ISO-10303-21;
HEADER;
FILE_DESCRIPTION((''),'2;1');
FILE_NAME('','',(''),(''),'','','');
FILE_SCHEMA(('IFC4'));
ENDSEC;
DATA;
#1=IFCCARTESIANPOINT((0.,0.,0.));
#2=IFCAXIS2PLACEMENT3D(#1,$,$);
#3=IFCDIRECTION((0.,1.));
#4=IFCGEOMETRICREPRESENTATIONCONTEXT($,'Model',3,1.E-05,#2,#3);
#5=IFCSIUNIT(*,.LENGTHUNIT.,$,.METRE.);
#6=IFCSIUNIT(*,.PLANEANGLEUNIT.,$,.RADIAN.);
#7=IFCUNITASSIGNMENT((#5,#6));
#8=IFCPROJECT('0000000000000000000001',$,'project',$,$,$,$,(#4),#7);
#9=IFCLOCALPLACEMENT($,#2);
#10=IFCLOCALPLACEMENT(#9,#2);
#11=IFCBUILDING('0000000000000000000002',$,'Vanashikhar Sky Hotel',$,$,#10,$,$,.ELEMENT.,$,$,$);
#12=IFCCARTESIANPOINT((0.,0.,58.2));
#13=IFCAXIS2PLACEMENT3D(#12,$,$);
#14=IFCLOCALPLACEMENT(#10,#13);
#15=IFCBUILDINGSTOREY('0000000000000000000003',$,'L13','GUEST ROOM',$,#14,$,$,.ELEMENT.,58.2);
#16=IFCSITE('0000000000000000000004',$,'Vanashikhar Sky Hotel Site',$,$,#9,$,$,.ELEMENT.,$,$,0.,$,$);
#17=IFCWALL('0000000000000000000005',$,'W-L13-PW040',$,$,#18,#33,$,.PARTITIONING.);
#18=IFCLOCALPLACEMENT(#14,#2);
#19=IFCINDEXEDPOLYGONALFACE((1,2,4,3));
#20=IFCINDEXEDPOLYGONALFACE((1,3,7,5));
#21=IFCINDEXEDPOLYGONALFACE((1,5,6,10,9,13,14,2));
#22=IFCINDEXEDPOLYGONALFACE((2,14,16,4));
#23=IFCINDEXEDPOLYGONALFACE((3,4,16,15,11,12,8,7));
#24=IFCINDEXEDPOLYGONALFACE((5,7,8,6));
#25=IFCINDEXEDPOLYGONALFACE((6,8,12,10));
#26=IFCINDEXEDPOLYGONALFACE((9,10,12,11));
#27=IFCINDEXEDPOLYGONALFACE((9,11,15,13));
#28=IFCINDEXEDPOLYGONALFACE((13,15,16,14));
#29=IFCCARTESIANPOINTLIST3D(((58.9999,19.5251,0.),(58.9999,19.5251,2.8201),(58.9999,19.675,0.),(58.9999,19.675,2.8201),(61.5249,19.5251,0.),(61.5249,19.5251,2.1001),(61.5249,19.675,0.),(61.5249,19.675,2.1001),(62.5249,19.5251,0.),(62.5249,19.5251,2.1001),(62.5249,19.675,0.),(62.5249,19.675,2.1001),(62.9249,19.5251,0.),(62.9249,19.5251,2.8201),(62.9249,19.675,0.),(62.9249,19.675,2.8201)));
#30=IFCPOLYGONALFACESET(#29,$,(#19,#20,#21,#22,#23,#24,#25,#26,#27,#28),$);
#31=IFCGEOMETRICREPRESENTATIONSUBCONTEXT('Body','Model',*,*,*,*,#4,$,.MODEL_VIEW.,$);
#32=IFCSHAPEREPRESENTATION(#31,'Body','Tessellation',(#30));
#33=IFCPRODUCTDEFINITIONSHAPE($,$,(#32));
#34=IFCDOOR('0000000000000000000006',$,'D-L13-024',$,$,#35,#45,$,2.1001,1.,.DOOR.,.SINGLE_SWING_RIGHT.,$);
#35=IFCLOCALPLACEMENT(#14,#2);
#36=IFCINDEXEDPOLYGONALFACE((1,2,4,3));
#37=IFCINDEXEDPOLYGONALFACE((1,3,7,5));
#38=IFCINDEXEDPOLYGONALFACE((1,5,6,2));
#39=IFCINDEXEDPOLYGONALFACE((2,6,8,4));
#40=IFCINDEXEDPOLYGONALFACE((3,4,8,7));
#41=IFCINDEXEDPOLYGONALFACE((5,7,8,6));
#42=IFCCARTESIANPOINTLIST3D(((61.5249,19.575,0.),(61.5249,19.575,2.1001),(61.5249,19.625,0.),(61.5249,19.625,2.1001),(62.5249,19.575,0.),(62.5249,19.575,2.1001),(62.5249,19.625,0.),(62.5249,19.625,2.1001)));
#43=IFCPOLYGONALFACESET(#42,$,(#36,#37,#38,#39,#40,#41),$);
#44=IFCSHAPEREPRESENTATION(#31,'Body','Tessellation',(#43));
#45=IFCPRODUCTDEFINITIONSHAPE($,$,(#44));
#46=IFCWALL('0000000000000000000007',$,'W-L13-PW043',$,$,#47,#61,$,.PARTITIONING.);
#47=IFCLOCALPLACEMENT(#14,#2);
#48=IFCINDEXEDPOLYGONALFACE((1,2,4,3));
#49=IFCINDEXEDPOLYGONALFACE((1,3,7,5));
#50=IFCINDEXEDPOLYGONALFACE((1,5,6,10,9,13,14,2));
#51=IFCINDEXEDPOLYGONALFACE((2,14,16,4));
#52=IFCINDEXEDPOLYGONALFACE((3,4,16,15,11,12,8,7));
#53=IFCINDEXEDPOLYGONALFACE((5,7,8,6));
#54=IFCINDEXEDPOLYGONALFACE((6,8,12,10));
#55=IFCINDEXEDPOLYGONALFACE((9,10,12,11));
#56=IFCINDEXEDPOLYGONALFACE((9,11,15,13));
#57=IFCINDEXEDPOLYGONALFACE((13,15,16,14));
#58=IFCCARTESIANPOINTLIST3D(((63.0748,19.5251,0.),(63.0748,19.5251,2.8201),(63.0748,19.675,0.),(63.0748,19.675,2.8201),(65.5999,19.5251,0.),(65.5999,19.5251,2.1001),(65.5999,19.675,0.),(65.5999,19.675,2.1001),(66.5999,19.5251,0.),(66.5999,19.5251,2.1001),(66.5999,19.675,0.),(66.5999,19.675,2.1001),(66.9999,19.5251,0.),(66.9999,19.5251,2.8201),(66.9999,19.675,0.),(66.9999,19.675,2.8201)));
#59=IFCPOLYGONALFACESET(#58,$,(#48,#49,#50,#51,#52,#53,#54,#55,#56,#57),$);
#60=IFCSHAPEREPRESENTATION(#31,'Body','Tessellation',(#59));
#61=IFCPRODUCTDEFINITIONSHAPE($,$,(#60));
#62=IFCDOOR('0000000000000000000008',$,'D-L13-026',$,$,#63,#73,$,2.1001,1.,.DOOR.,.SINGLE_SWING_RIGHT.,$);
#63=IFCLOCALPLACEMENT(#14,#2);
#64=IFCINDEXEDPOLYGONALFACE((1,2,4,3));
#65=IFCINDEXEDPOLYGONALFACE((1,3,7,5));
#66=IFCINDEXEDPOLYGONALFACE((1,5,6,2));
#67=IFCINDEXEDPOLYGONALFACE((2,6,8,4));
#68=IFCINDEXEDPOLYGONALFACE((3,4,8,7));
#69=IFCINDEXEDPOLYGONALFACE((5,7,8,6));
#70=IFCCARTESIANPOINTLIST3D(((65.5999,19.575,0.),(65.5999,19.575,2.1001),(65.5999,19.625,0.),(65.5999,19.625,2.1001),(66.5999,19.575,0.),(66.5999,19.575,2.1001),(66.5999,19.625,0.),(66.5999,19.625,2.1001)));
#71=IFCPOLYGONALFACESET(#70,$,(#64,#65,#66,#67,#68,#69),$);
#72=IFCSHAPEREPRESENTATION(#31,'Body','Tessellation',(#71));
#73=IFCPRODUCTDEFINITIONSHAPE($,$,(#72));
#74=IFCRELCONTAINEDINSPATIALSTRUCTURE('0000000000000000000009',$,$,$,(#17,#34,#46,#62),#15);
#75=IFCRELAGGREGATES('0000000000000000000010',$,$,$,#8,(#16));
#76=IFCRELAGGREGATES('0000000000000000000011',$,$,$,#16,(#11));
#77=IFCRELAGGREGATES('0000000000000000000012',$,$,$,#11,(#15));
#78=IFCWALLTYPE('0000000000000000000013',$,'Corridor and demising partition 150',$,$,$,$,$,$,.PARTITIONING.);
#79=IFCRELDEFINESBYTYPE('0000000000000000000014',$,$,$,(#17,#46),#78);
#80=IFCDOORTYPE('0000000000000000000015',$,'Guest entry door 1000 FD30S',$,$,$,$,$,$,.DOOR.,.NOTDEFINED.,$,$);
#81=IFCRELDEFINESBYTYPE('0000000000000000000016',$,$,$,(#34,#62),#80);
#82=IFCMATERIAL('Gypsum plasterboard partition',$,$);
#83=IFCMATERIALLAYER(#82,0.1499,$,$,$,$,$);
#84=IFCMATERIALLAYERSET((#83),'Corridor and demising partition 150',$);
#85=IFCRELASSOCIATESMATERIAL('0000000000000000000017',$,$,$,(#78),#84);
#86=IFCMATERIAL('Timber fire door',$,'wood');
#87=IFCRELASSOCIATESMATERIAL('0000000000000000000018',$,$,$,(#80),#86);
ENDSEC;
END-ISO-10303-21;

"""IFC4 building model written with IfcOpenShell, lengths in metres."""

from ifc_helpers import new_model, si_unit, direction, frame, frame_2d, origin, place, context, subcontext, project, spatial, rectangle, extrude, source, transform, mapped, material, layer, layer_set, type_object, element, fill, save


model = new_model("IFC4")

# Units and contexts
model_context = context("Model", 3, precision=1e-05, world=origin(), true_north=direction((0.0, 1.0)))
body_context = subcontext(model_context, "Body", "Model", "MODEL_VIEW")
ifc_project = project(units=[si_unit("LENGTHUNIT", "METRE"), si_unit("PLANEANGLEUNIT", "RADIAN")], contexts=[model_context])

# Site, building, storey
site_placement = place(None, origin())
site = spatial("IfcSite", under=ifc_project, at=site_placement, Name="Vanashikhar Sky Hotel Site", CompositionType="ELEMENT", RefElevation=0.0)
building_placement = place(site_placement, origin())
building = spatial("IfcBuilding", under=site, at=building_placement, Name="Vanashikhar Sky Hotel", CompositionType="ELEMENT")
storey_placement = place(building_placement, frame((0.0, 0.0, 58.2)))
storey = spatial("IfcBuildingStorey", under=building, at=storey_placement, Name="L13", Description="GUEST ROOM", CompositionType="ELEMENT", Elevation=58.2)

# Walls, openings, doors
ifc_material_1 = material(Name="Gypsum plasterboard partition")
ifc_layer_1 = layer(ifc_material_1, 0.1499)
ifc_layer_set_1 = layer_set([ifc_layer_1], Name="Corridor and demising partition 150")
wall_type_1 = type_object("IfcWallType", Name="Corridor and demising partition 150", PredefinedType="PARTITIONING", material=ifc_layer_set_1)
shared_shape_1 = source(origin(), body_context, "Body", "SweptSolid", [
    extrude(rectangle(XDim=3.925, YDim=0.1499, at=frame_2d((1.9624, 0.0))), origin(), (0.0, 0.0, 1.0), 2.8201),
])
shared_shape_2 = source(origin(), body_context, "Body", "SweptSolid", [
    extrude(rectangle(XDim=1.0, YDim=2.1001, at=frame_2d((0.5, 1.05))), frame((0.0, 0.085, 0.0), z_axis=(0.0, -1.0, 0.0), x_axis=(1.0, 0.0, 0.0)), (0.0, 0.0, 1.0), 0.1699),
])
ifc_material_2 = material(Name="Timber fire door", Category="wood")
door_type = type_object("IfcDoorType", Name="Guest entry door 1000 FD30S", OperationType="NOTDEFINED", PredefinedType="DOOR", material=ifc_material_2)
shared_shape_3 = source(origin(), body_context, "Body", "SweptSolid", [
    extrude(rectangle(XDim=1.0, YDim=2.1001, at=frame_2d((0.5, 1.05))), frame((0.0, 0.0249, 0.0), z_axis=(0.0, -1.0, 0.0), x_axis=(1.0, 0.0, 0.0)), (0.0, 0.0, 1.0), 0.05),
])
wall_1_placement = place(storey_placement, frame((59.0, 19.6001, 0.0), z_axis=(0.0, 0.0, 1.0), x_axis=(1.0, 0.0, 0.0)))
wall_1 = element("IfcWall", 1, at=wall_1_placement, inside=storey, type_object=wall_type_1, Name="W-L13-PW040", PredefinedType="PARTITIONING", context=body_context, shape_type="MappedRepresentation", body=[
    mapped(shared_shape_1, transform((0.0, 0.0, 0.0), scale=1.0)),
])
opening_1_placement = place(wall_1_placement, frame((2.5249, 0.0, 0.0)))
opening_1 = element("IfcOpeningElement", 2, at=opening_1_placement, cuts=wall_1, PredefinedType="OPENING", context=body_context, shape_type="MappedRepresentation", body=[
    mapped(shared_shape_2, transform((0.0, 0.0, 0.0), scale=1.0)),
])
door_1_placement = place(opening_1_placement, origin())
door_1 = element("IfcDoor", 3, at=door_1_placement, inside=storey, type_object=door_type, Name="D-L13-024", OperationType="SINGLE_SWING_RIGHT", OverallHeight=2.1001, OverallWidth=1.0, PredefinedType="DOOR", context=body_context, shape_type="MappedRepresentation", body=[
    mapped(shared_shape_3, transform((0.0, 0.0, 0.0), scale=1.0)),
])
fill(opening_1, door_1)
wall_2_placement = place(storey_placement, frame((63.075, 19.6001, 0.0), z_axis=(0.0, 0.0, 1.0), x_axis=(1.0, 0.0, 0.0)))
wall_2 = element("IfcWall", 4, at=wall_2_placement, inside=storey, type_object=wall_type_1, Name="W-L13-PW043", PredefinedType="PARTITIONING", context=body_context, shape_type="MappedRepresentation", body=[
    mapped(shared_shape_1, transform((0.0, 0.0, 0.0), scale=1.0)),
])
opening_2_placement = place(wall_2_placement, frame((2.5249, 0.0, 0.0)))
opening_2 = element("IfcOpeningElement", 5, at=opening_2_placement, cuts=wall_2, PredefinedType="OPENING", context=body_context, shape_type="MappedRepresentation", body=[
    mapped(shared_shape_2, transform((0.0, 0.0, 0.0), scale=1.0)),
])
door_2_placement = place(opening_2_placement, origin())
door_2 = element("IfcDoor", 6, at=door_2_placement, inside=storey, type_object=door_type, Name="D-L13-026", OperationType="SINGLE_SWING_RIGHT", OverallHeight=2.1001, OverallWidth=1.0, PredefinedType="DOOR", context=body_context, shape_type="MappedRepresentation", body=[
    mapped(shared_shape_3, transform((0.0, 0.0, 0.0), scale=1.0)),
])
fill(opening_2, door_2)

save(model, "model.ifc")
